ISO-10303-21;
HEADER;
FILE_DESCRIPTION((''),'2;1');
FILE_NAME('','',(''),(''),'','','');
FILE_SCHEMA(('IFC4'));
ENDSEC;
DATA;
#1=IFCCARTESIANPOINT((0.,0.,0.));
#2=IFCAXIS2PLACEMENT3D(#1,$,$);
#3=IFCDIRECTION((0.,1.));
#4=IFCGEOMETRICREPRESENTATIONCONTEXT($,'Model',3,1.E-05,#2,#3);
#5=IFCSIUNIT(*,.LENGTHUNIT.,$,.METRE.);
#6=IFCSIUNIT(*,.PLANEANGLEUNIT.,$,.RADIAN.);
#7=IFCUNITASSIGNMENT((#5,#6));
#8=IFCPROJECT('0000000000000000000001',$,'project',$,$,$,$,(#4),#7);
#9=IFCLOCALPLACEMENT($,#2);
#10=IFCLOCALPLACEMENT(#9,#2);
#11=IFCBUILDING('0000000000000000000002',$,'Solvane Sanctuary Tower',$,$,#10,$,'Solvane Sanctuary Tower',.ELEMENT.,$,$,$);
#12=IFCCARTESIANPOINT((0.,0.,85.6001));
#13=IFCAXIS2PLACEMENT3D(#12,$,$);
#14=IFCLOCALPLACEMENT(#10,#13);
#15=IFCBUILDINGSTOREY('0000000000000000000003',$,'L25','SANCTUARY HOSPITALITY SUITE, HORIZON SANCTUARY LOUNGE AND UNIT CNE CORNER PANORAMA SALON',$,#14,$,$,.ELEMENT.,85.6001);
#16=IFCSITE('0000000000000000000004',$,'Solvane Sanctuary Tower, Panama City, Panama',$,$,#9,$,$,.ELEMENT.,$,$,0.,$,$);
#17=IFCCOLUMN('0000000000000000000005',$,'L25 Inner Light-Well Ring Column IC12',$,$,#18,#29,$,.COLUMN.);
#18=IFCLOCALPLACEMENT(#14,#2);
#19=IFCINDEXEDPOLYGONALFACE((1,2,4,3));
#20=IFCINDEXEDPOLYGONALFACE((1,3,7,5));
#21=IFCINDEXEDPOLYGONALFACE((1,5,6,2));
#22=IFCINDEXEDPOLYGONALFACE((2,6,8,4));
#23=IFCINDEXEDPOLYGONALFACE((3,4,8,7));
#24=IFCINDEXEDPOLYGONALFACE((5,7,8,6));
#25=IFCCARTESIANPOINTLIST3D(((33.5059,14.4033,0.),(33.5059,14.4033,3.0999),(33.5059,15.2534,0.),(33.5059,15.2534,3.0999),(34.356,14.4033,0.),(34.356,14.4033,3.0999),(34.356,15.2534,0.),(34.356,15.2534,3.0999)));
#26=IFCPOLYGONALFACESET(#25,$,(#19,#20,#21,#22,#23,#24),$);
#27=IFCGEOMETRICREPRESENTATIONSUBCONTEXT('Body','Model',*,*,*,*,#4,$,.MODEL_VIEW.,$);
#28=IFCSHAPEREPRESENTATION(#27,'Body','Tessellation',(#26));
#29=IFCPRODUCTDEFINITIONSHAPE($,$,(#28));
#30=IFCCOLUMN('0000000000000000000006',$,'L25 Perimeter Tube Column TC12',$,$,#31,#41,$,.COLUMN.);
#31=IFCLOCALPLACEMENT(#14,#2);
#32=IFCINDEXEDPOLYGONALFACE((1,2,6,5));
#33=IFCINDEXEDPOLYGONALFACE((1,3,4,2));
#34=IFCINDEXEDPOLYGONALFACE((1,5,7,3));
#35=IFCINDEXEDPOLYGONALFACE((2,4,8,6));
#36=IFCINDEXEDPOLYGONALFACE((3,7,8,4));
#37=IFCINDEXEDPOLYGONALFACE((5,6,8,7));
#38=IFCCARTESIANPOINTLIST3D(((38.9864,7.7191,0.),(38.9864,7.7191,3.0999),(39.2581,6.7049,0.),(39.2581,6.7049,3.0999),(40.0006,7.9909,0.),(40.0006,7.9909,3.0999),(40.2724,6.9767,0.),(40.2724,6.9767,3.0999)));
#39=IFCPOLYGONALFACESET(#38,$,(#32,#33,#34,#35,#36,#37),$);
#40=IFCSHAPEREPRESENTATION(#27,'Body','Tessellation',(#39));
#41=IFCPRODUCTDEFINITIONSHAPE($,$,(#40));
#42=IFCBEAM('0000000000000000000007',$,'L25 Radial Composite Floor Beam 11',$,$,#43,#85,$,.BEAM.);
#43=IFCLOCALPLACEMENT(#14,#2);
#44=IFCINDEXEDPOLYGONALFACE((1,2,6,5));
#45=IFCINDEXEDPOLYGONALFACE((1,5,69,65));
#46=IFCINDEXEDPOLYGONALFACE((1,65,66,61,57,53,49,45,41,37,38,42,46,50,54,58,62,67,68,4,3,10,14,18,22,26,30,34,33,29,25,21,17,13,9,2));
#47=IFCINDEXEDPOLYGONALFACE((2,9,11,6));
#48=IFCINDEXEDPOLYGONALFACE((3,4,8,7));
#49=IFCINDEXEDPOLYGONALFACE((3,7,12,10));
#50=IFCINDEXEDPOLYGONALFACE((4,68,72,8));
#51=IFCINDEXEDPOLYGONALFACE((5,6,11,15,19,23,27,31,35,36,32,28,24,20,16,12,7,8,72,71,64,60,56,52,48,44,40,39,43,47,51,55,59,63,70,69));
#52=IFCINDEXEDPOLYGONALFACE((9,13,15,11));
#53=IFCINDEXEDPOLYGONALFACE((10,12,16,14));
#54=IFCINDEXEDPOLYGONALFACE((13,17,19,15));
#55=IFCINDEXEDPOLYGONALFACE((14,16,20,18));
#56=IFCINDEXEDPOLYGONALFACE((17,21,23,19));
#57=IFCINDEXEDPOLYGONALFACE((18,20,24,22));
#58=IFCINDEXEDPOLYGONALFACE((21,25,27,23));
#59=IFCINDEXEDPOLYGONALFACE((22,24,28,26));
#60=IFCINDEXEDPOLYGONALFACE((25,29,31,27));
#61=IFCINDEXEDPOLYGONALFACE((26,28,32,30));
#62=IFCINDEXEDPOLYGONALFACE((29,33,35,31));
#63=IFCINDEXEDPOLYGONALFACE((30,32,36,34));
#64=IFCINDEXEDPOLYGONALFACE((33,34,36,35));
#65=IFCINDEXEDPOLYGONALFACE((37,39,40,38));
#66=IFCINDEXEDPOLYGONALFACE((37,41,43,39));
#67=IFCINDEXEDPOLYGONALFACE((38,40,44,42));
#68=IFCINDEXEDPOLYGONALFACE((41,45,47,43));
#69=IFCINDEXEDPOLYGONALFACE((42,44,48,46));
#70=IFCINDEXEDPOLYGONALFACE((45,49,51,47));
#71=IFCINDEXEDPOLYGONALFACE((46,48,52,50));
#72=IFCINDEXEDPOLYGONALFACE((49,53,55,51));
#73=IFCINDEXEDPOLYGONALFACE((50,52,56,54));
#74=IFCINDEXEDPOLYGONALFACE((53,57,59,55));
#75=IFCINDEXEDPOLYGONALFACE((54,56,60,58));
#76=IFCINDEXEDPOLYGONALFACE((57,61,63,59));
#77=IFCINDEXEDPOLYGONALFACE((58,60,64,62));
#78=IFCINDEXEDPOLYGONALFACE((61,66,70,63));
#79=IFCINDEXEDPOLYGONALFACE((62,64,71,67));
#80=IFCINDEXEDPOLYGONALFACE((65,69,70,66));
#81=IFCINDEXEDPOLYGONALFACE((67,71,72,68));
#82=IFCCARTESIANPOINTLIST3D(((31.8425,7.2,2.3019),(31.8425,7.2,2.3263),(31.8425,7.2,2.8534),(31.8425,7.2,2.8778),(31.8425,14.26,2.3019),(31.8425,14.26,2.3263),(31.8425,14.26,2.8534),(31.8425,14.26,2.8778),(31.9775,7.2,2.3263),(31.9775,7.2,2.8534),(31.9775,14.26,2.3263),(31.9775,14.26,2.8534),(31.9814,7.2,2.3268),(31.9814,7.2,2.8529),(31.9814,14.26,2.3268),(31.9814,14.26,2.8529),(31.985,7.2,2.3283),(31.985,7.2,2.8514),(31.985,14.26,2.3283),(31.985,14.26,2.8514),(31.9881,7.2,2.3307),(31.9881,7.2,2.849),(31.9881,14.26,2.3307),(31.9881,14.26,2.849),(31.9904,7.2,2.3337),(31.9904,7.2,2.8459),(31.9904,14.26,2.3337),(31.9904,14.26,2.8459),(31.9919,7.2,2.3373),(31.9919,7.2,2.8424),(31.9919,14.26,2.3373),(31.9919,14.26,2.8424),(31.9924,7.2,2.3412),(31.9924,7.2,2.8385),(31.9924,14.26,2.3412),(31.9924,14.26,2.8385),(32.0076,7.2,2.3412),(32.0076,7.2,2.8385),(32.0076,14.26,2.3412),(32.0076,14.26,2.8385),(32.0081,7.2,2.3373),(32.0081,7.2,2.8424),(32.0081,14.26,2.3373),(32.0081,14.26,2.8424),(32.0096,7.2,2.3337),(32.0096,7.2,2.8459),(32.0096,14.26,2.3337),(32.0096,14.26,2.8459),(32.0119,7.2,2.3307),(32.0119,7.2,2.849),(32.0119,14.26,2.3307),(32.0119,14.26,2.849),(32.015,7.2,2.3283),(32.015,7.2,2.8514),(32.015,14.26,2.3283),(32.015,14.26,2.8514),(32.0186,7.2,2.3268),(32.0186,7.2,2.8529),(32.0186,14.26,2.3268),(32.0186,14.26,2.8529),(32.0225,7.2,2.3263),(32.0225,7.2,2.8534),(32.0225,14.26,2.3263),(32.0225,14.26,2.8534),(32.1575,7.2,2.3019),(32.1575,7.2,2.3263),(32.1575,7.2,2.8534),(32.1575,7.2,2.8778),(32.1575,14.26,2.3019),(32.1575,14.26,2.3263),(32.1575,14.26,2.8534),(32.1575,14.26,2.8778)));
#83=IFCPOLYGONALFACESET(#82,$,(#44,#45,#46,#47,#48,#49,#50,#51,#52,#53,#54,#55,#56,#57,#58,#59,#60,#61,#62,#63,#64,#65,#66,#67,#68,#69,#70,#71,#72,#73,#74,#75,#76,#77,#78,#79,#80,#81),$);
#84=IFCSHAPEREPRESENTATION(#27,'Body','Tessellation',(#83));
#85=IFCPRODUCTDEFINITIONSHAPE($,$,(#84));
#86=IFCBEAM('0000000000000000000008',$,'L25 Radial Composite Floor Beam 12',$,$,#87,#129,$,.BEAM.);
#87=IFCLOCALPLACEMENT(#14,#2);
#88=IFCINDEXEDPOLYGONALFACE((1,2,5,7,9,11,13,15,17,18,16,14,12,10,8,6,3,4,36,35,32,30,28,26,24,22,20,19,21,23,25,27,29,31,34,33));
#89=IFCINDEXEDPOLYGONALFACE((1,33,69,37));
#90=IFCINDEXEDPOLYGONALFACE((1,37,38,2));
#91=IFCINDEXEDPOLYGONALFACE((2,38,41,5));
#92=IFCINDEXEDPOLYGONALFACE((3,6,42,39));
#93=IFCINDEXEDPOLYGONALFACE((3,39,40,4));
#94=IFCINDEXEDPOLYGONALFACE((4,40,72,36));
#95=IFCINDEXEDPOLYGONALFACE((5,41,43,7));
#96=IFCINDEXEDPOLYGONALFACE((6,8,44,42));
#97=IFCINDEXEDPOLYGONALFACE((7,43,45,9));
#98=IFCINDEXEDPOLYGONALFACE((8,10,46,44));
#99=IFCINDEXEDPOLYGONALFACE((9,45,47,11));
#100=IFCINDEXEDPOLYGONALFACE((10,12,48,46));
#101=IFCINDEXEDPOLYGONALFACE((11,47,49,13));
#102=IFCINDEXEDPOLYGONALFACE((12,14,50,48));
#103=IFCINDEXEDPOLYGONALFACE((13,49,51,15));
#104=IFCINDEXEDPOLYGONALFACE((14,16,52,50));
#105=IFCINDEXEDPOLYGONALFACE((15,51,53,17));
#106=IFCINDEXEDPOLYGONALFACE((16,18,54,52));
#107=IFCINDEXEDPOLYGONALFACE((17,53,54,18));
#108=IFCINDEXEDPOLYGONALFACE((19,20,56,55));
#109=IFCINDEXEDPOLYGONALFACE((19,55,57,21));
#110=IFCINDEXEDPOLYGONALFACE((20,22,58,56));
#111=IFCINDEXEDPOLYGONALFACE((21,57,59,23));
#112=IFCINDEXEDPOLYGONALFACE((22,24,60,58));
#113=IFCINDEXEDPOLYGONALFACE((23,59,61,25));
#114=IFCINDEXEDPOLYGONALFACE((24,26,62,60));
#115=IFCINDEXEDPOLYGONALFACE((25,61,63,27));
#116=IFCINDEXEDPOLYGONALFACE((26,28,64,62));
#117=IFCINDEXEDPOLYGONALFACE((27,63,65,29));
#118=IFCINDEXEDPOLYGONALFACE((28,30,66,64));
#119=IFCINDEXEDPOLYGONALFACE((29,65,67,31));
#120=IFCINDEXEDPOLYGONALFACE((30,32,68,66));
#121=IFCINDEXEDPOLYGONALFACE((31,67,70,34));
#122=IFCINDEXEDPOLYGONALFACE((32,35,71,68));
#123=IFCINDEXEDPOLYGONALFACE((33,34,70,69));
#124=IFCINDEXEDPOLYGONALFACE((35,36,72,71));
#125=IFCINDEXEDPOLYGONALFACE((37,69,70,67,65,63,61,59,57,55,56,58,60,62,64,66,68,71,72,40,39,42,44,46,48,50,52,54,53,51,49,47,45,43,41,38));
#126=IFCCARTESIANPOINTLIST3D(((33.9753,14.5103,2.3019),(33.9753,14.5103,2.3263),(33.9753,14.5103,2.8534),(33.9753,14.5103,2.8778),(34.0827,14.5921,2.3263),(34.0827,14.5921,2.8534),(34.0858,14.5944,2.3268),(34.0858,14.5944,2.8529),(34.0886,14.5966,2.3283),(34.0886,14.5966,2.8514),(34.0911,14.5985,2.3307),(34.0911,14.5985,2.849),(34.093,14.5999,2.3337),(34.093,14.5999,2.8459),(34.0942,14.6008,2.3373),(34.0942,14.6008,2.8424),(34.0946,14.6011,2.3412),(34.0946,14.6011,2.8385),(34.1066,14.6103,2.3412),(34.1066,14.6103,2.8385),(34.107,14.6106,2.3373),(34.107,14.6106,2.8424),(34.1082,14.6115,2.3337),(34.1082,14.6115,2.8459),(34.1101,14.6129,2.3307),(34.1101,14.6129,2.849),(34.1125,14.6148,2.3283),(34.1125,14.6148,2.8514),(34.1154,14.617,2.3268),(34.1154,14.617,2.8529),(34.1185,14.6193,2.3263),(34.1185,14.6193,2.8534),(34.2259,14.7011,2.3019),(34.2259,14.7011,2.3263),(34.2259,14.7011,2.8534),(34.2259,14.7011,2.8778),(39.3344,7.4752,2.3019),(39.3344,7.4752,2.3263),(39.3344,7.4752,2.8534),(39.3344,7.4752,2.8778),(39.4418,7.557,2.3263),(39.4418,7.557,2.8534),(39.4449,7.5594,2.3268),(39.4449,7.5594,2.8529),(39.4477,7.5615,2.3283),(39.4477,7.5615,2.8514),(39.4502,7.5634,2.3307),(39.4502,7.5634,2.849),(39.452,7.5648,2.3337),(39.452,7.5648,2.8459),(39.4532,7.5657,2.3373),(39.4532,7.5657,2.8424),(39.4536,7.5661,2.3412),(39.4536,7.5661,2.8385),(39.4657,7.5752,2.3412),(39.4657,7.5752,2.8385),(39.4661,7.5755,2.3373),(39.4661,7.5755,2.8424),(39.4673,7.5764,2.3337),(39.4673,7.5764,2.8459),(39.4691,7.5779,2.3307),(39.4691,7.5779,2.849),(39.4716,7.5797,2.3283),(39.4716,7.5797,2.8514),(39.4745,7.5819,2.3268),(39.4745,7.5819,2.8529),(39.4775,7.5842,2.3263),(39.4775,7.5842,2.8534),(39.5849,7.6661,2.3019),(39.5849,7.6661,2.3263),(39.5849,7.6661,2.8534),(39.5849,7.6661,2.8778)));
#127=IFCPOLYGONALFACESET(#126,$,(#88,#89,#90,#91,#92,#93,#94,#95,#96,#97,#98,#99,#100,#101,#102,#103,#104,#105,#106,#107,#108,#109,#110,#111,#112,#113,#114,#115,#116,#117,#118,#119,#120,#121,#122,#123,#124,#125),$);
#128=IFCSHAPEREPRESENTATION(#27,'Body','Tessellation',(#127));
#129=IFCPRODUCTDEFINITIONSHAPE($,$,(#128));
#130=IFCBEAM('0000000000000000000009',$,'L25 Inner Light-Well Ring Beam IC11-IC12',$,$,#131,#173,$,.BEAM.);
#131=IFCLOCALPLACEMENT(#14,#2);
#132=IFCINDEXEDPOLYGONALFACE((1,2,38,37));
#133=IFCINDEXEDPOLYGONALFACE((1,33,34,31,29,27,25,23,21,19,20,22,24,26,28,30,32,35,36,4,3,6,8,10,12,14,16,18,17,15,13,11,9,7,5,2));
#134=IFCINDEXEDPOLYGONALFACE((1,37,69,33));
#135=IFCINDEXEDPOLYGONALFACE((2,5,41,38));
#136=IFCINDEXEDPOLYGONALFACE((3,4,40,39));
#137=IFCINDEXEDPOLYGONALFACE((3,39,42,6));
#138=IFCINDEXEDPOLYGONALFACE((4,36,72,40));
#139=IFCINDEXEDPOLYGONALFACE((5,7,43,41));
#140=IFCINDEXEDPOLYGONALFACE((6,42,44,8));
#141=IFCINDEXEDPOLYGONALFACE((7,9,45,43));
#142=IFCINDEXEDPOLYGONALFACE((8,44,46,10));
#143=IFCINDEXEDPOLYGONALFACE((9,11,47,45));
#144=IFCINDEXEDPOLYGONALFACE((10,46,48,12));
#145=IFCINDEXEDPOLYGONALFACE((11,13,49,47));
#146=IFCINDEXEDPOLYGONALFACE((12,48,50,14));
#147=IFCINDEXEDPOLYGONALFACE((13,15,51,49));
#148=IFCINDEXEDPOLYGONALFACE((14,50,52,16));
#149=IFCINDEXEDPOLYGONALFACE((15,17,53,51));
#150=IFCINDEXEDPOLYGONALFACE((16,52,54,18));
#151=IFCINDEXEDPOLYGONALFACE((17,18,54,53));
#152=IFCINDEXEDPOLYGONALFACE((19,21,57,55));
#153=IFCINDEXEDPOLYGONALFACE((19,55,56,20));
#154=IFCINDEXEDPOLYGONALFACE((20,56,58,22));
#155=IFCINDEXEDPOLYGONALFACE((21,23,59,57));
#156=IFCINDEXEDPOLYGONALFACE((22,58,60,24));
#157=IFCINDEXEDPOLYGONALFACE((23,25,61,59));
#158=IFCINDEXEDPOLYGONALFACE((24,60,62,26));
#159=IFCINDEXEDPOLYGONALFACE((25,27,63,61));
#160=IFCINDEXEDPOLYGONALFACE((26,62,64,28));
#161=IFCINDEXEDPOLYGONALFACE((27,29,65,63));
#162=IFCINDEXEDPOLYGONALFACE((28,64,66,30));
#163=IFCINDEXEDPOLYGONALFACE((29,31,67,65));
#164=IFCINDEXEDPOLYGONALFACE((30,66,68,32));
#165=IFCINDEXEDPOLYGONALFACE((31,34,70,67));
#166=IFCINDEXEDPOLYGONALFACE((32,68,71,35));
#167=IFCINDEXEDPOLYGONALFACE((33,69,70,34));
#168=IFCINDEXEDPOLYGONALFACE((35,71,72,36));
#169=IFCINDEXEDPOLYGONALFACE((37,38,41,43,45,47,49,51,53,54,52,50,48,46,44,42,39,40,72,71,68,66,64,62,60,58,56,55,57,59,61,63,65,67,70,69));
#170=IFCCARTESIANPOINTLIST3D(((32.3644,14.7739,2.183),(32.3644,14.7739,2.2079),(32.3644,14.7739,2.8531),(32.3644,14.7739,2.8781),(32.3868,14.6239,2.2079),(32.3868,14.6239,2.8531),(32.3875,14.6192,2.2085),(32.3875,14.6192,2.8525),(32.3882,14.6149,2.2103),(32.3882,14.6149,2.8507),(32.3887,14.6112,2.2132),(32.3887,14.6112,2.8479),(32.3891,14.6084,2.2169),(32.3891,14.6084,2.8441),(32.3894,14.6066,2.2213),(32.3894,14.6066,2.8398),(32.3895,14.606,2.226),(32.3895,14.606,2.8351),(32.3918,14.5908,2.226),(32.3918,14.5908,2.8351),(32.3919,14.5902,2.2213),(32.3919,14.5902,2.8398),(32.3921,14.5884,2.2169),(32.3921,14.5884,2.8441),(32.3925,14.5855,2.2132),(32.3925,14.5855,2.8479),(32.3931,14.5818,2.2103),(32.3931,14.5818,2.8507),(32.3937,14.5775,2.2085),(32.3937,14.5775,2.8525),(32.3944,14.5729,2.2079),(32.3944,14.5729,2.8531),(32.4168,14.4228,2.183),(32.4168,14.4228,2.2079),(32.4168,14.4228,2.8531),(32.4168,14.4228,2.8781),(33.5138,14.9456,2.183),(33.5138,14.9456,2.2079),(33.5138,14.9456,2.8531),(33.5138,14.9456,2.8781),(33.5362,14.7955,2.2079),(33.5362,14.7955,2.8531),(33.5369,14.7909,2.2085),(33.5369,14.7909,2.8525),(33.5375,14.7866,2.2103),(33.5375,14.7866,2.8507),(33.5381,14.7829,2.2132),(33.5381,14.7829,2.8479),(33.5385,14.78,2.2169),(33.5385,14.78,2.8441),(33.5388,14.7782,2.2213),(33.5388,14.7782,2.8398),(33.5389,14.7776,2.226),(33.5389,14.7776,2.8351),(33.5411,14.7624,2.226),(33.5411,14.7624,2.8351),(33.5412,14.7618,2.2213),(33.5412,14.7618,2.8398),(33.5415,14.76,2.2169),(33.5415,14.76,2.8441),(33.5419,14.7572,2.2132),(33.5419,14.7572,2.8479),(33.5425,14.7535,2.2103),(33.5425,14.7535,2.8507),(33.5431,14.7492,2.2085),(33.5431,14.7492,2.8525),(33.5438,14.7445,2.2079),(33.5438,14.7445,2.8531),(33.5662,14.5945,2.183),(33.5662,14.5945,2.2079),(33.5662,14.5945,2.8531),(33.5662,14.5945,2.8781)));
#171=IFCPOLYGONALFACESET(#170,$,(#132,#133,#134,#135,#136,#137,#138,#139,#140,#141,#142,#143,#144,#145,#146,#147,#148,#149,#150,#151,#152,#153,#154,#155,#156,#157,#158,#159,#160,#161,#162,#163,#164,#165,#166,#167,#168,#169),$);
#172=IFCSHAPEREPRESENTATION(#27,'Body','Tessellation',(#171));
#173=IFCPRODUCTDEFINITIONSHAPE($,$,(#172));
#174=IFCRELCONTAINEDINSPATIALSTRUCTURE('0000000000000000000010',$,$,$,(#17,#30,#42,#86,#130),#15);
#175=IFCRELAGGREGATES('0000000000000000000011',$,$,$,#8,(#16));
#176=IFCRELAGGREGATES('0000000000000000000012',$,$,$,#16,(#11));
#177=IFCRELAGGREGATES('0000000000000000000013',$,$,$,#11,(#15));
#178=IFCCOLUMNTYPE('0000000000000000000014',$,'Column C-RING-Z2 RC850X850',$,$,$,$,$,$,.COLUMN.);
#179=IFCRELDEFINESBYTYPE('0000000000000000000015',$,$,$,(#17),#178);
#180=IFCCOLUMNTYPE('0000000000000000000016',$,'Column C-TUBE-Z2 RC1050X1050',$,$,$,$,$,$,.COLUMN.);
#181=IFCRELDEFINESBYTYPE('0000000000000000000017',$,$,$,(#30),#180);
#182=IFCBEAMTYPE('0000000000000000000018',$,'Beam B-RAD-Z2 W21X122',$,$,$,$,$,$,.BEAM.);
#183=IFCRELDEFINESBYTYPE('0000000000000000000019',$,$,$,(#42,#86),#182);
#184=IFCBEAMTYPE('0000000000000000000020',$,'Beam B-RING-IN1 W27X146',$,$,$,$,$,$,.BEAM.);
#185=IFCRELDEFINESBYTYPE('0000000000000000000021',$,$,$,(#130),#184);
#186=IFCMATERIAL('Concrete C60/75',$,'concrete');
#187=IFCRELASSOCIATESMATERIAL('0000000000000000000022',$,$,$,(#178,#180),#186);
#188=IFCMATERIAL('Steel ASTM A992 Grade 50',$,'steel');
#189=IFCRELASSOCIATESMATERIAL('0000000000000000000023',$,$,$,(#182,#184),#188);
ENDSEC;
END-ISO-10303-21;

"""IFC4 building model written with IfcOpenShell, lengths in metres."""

from ifc_helpers import new_model, si_unit, direction, frame, origin, origin_2d, place, context, subcontext, project, spatial, rectangle, i_section, extrude, material, material_profile, profile_set, type_object, element, save


model = new_model("IFC4")

# Units and contexts
model_context = context("Model", 3, precision=1e-05, world=origin(), true_north=direction((0.0, 1.0)))
body_context = subcontext(model_context, "Body", "Model", "MODEL_VIEW")
ifc_project = project(units=[si_unit("LENGTHUNIT", "METRE"), si_unit("PLANEANGLEUNIT", "RADIAN")], contexts=[model_context])

# Site, building, storey
site_placement = place(None, origin())
site = spatial("IfcSite", under=ifc_project, at=site_placement, Name="Solvane Sanctuary Tower, Panama City, Panama", CompositionType="ELEMENT", RefElevation=0.0)
building_placement = place(site_placement, origin())
building = spatial("IfcBuilding", under=site, at=building_placement, Name="Solvane Sanctuary Tower", LongName="Solvane Sanctuary Tower", CompositionType="ELEMENT")
storey_placement = place(building_placement, frame((0.0, 0.0, 85.6001)))
storey = spatial("IfcBuildingStorey", under=building, at=storey_placement, Name="L25", Description="SANCTUARY HOSPITALITY SUITE, HORIZON SANCTUARY LOUNGE AND UNIT CNE CORNER PANORAMA SALON", CompositionType="ELEMENT", Elevation=85.6001)

# Columns
ifc_material_1 = material(Name="Concrete C60/75", Category="concrete")
ifc_material_profile_1 = material_profile(ifc_material_1, rectangle(XDim=0.8501, YDim=0.8501, at=origin_2d()), Name="RC850X850")
ifc_profile_set_1 = profile_set([ifc_material_profile_1], Name="Concrete C60/75")
column_type_1 = type_object("IfcColumnType", Name="Column C-RING-Z2 RC850X850", PredefinedType="COLUMN", material=ifc_profile_set_1)
column_1_placement = place(storey_placement, frame((33.9309, 14.8284, 0.0), z_axis=(0.0, 0.0, 1.0), x_axis=(1.0, 0.0, 0.0)))
element("IfcColumn", 1, at=column_1_placement, inside=storey, type_object=column_type_1, Name="L25 Inner Light-Well Ring Column IC12", PredefinedType="COLUMN", context=body_context, shape_type="SweptSolid", body=[
    extrude(rectangle(XDim=0.8501, YDim=0.8501, at=origin_2d()), origin(), (0.0, 0.0, 1.0), 3.0999),
])
ifc_material_profile_2 = material_profile(ifc_material_1, rectangle(XDim=1.05, YDim=1.05, at=origin_2d()), Name="RC1050X1050")
ifc_profile_set_2 = profile_set([ifc_material_profile_2], Name="Concrete C60/75")
column_type_2 = type_object("IfcColumnType", Name="Column C-TUBE-Z2 RC1050X1050", PredefinedType="COLUMN", material=ifc_profile_set_2)
column_2_placement = place(storey_placement, frame((39.6294, 7.3479, 0.0), z_axis=(0.0, 0.0, 1.0), x_axis=(0.258819, -0.965926, 0.0)))
element("IfcColumn", 2, at=column_2_placement, inside=storey, type_object=column_type_2, Name="L25 Perimeter Tube Column TC12", PredefinedType="COLUMN", context=body_context, shape_type="SweptSolid", body=[
    extrude(rectangle(XDim=1.05, YDim=1.05, at=origin_2d()), origin(), (0.0, 0.0, 1.0), 3.0999),
])

# Beams
ifc_material_2 = material(Name="Steel ASTM A992 Grade 50", Category="steel")
ifc_material_profile_3 = material_profile(ifc_material_2, i_section(OverallWidth=0.3149, OverallDepth=0.5759, WebThickness=0.0151, FlangeThickness=0.0244, FilletRadius=0.0149, at=origin_2d()), Name="W21X122")
ifc_profile_set_3 = profile_set([ifc_material_profile_3], Name="Steel ASTM A992 Grade 50")
beam_type_1 = type_object("IfcBeamType", Name="Beam B-RAD-Z2 W21X122", PredefinedType="BEAM", material=ifc_profile_set_3)
beam_1_placement = place(storey_placement, frame((32.0, 14.26, 2.5898), z_axis=(0.0, -1.0, 0.0), x_axis=(1.0, 0.0, 0.0)))
element("IfcBeam", 3, at=beam_1_placement, inside=storey, type_object=beam_type_1, Name="L25 Radial Composite Floor Beam 11", PredefinedType="BEAM", context=body_context, shape_type="SweptSolid", body=[
    extrude(i_section(OverallWidth=0.3149, OverallDepth=0.5759, WebThickness=0.0151, FlangeThickness=0.0244, FilletRadius=0.0149, at=origin_2d()), origin(), (0.0, 0.0, 1.0), 7.0601),
])
beam_2_placement = place(storey_placement, frame((34.1006, 14.6057, 2.5898), z_axis=(0.605973, -0.795486, 0.0), x_axis=(0.795486, 0.605973, 0.0)))
element("IfcBeam", 4, at=beam_2_placement, inside=storey, type_object=beam_type_1, Name="L25 Radial Composite Floor Beam 12", PredefinedType="BEAM", context=body_context, shape_type="SweptSolid", body=[
    extrude(i_section(OverallWidth=0.3149, OverallDepth=0.5759, WebThickness=0.0151, FlangeThickness=0.0244, FilletRadius=0.0149, at=origin_2d()), origin(), (0.0, 0.0, 1.0), 8.8438),
])
ifc_material_profile_4 = material_profile(ifc_material_2, i_section(OverallWidth=0.355, OverallDepth=0.6951, WebThickness=0.0154, FlangeThickness=0.0249, FilletRadius=0.0181, at=origin_2d()), Name="W27X146")
ifc_profile_set_4 = profile_set([ifc_material_profile_4], Name="Steel ASTM A992 Grade 50")
beam_type_2 = type_object("IfcBeamType", Name="Beam B-RING-IN1 W27X146", PredefinedType="BEAM", material=ifc_profile_set_4)
beam_3_placement = place(storey_placement, frame((32.3906, 14.5984, 2.5305), z_axis=(0.989035, 0.147683, 0.0), x_axis=(-0.147683, 0.989035, 0.0)))
element("IfcBeam", 5, at=beam_3_placement, inside=storey, type_object=beam_type_2, Name="L25 Inner Light-Well Ring Beam IC11-IC12", PredefinedType="BEAM", context=body_context, shape_type="SweptSolid", body=[
    extrude(i_section(OverallWidth=0.355, OverallDepth=0.6951, WebThickness=0.0154, FlangeThickness=0.0249, FilletRadius=0.0181, at=origin_2d()), origin(), (0.0, 0.0, 1.0), 1.1621),
])

save(model, "model.ifc")
